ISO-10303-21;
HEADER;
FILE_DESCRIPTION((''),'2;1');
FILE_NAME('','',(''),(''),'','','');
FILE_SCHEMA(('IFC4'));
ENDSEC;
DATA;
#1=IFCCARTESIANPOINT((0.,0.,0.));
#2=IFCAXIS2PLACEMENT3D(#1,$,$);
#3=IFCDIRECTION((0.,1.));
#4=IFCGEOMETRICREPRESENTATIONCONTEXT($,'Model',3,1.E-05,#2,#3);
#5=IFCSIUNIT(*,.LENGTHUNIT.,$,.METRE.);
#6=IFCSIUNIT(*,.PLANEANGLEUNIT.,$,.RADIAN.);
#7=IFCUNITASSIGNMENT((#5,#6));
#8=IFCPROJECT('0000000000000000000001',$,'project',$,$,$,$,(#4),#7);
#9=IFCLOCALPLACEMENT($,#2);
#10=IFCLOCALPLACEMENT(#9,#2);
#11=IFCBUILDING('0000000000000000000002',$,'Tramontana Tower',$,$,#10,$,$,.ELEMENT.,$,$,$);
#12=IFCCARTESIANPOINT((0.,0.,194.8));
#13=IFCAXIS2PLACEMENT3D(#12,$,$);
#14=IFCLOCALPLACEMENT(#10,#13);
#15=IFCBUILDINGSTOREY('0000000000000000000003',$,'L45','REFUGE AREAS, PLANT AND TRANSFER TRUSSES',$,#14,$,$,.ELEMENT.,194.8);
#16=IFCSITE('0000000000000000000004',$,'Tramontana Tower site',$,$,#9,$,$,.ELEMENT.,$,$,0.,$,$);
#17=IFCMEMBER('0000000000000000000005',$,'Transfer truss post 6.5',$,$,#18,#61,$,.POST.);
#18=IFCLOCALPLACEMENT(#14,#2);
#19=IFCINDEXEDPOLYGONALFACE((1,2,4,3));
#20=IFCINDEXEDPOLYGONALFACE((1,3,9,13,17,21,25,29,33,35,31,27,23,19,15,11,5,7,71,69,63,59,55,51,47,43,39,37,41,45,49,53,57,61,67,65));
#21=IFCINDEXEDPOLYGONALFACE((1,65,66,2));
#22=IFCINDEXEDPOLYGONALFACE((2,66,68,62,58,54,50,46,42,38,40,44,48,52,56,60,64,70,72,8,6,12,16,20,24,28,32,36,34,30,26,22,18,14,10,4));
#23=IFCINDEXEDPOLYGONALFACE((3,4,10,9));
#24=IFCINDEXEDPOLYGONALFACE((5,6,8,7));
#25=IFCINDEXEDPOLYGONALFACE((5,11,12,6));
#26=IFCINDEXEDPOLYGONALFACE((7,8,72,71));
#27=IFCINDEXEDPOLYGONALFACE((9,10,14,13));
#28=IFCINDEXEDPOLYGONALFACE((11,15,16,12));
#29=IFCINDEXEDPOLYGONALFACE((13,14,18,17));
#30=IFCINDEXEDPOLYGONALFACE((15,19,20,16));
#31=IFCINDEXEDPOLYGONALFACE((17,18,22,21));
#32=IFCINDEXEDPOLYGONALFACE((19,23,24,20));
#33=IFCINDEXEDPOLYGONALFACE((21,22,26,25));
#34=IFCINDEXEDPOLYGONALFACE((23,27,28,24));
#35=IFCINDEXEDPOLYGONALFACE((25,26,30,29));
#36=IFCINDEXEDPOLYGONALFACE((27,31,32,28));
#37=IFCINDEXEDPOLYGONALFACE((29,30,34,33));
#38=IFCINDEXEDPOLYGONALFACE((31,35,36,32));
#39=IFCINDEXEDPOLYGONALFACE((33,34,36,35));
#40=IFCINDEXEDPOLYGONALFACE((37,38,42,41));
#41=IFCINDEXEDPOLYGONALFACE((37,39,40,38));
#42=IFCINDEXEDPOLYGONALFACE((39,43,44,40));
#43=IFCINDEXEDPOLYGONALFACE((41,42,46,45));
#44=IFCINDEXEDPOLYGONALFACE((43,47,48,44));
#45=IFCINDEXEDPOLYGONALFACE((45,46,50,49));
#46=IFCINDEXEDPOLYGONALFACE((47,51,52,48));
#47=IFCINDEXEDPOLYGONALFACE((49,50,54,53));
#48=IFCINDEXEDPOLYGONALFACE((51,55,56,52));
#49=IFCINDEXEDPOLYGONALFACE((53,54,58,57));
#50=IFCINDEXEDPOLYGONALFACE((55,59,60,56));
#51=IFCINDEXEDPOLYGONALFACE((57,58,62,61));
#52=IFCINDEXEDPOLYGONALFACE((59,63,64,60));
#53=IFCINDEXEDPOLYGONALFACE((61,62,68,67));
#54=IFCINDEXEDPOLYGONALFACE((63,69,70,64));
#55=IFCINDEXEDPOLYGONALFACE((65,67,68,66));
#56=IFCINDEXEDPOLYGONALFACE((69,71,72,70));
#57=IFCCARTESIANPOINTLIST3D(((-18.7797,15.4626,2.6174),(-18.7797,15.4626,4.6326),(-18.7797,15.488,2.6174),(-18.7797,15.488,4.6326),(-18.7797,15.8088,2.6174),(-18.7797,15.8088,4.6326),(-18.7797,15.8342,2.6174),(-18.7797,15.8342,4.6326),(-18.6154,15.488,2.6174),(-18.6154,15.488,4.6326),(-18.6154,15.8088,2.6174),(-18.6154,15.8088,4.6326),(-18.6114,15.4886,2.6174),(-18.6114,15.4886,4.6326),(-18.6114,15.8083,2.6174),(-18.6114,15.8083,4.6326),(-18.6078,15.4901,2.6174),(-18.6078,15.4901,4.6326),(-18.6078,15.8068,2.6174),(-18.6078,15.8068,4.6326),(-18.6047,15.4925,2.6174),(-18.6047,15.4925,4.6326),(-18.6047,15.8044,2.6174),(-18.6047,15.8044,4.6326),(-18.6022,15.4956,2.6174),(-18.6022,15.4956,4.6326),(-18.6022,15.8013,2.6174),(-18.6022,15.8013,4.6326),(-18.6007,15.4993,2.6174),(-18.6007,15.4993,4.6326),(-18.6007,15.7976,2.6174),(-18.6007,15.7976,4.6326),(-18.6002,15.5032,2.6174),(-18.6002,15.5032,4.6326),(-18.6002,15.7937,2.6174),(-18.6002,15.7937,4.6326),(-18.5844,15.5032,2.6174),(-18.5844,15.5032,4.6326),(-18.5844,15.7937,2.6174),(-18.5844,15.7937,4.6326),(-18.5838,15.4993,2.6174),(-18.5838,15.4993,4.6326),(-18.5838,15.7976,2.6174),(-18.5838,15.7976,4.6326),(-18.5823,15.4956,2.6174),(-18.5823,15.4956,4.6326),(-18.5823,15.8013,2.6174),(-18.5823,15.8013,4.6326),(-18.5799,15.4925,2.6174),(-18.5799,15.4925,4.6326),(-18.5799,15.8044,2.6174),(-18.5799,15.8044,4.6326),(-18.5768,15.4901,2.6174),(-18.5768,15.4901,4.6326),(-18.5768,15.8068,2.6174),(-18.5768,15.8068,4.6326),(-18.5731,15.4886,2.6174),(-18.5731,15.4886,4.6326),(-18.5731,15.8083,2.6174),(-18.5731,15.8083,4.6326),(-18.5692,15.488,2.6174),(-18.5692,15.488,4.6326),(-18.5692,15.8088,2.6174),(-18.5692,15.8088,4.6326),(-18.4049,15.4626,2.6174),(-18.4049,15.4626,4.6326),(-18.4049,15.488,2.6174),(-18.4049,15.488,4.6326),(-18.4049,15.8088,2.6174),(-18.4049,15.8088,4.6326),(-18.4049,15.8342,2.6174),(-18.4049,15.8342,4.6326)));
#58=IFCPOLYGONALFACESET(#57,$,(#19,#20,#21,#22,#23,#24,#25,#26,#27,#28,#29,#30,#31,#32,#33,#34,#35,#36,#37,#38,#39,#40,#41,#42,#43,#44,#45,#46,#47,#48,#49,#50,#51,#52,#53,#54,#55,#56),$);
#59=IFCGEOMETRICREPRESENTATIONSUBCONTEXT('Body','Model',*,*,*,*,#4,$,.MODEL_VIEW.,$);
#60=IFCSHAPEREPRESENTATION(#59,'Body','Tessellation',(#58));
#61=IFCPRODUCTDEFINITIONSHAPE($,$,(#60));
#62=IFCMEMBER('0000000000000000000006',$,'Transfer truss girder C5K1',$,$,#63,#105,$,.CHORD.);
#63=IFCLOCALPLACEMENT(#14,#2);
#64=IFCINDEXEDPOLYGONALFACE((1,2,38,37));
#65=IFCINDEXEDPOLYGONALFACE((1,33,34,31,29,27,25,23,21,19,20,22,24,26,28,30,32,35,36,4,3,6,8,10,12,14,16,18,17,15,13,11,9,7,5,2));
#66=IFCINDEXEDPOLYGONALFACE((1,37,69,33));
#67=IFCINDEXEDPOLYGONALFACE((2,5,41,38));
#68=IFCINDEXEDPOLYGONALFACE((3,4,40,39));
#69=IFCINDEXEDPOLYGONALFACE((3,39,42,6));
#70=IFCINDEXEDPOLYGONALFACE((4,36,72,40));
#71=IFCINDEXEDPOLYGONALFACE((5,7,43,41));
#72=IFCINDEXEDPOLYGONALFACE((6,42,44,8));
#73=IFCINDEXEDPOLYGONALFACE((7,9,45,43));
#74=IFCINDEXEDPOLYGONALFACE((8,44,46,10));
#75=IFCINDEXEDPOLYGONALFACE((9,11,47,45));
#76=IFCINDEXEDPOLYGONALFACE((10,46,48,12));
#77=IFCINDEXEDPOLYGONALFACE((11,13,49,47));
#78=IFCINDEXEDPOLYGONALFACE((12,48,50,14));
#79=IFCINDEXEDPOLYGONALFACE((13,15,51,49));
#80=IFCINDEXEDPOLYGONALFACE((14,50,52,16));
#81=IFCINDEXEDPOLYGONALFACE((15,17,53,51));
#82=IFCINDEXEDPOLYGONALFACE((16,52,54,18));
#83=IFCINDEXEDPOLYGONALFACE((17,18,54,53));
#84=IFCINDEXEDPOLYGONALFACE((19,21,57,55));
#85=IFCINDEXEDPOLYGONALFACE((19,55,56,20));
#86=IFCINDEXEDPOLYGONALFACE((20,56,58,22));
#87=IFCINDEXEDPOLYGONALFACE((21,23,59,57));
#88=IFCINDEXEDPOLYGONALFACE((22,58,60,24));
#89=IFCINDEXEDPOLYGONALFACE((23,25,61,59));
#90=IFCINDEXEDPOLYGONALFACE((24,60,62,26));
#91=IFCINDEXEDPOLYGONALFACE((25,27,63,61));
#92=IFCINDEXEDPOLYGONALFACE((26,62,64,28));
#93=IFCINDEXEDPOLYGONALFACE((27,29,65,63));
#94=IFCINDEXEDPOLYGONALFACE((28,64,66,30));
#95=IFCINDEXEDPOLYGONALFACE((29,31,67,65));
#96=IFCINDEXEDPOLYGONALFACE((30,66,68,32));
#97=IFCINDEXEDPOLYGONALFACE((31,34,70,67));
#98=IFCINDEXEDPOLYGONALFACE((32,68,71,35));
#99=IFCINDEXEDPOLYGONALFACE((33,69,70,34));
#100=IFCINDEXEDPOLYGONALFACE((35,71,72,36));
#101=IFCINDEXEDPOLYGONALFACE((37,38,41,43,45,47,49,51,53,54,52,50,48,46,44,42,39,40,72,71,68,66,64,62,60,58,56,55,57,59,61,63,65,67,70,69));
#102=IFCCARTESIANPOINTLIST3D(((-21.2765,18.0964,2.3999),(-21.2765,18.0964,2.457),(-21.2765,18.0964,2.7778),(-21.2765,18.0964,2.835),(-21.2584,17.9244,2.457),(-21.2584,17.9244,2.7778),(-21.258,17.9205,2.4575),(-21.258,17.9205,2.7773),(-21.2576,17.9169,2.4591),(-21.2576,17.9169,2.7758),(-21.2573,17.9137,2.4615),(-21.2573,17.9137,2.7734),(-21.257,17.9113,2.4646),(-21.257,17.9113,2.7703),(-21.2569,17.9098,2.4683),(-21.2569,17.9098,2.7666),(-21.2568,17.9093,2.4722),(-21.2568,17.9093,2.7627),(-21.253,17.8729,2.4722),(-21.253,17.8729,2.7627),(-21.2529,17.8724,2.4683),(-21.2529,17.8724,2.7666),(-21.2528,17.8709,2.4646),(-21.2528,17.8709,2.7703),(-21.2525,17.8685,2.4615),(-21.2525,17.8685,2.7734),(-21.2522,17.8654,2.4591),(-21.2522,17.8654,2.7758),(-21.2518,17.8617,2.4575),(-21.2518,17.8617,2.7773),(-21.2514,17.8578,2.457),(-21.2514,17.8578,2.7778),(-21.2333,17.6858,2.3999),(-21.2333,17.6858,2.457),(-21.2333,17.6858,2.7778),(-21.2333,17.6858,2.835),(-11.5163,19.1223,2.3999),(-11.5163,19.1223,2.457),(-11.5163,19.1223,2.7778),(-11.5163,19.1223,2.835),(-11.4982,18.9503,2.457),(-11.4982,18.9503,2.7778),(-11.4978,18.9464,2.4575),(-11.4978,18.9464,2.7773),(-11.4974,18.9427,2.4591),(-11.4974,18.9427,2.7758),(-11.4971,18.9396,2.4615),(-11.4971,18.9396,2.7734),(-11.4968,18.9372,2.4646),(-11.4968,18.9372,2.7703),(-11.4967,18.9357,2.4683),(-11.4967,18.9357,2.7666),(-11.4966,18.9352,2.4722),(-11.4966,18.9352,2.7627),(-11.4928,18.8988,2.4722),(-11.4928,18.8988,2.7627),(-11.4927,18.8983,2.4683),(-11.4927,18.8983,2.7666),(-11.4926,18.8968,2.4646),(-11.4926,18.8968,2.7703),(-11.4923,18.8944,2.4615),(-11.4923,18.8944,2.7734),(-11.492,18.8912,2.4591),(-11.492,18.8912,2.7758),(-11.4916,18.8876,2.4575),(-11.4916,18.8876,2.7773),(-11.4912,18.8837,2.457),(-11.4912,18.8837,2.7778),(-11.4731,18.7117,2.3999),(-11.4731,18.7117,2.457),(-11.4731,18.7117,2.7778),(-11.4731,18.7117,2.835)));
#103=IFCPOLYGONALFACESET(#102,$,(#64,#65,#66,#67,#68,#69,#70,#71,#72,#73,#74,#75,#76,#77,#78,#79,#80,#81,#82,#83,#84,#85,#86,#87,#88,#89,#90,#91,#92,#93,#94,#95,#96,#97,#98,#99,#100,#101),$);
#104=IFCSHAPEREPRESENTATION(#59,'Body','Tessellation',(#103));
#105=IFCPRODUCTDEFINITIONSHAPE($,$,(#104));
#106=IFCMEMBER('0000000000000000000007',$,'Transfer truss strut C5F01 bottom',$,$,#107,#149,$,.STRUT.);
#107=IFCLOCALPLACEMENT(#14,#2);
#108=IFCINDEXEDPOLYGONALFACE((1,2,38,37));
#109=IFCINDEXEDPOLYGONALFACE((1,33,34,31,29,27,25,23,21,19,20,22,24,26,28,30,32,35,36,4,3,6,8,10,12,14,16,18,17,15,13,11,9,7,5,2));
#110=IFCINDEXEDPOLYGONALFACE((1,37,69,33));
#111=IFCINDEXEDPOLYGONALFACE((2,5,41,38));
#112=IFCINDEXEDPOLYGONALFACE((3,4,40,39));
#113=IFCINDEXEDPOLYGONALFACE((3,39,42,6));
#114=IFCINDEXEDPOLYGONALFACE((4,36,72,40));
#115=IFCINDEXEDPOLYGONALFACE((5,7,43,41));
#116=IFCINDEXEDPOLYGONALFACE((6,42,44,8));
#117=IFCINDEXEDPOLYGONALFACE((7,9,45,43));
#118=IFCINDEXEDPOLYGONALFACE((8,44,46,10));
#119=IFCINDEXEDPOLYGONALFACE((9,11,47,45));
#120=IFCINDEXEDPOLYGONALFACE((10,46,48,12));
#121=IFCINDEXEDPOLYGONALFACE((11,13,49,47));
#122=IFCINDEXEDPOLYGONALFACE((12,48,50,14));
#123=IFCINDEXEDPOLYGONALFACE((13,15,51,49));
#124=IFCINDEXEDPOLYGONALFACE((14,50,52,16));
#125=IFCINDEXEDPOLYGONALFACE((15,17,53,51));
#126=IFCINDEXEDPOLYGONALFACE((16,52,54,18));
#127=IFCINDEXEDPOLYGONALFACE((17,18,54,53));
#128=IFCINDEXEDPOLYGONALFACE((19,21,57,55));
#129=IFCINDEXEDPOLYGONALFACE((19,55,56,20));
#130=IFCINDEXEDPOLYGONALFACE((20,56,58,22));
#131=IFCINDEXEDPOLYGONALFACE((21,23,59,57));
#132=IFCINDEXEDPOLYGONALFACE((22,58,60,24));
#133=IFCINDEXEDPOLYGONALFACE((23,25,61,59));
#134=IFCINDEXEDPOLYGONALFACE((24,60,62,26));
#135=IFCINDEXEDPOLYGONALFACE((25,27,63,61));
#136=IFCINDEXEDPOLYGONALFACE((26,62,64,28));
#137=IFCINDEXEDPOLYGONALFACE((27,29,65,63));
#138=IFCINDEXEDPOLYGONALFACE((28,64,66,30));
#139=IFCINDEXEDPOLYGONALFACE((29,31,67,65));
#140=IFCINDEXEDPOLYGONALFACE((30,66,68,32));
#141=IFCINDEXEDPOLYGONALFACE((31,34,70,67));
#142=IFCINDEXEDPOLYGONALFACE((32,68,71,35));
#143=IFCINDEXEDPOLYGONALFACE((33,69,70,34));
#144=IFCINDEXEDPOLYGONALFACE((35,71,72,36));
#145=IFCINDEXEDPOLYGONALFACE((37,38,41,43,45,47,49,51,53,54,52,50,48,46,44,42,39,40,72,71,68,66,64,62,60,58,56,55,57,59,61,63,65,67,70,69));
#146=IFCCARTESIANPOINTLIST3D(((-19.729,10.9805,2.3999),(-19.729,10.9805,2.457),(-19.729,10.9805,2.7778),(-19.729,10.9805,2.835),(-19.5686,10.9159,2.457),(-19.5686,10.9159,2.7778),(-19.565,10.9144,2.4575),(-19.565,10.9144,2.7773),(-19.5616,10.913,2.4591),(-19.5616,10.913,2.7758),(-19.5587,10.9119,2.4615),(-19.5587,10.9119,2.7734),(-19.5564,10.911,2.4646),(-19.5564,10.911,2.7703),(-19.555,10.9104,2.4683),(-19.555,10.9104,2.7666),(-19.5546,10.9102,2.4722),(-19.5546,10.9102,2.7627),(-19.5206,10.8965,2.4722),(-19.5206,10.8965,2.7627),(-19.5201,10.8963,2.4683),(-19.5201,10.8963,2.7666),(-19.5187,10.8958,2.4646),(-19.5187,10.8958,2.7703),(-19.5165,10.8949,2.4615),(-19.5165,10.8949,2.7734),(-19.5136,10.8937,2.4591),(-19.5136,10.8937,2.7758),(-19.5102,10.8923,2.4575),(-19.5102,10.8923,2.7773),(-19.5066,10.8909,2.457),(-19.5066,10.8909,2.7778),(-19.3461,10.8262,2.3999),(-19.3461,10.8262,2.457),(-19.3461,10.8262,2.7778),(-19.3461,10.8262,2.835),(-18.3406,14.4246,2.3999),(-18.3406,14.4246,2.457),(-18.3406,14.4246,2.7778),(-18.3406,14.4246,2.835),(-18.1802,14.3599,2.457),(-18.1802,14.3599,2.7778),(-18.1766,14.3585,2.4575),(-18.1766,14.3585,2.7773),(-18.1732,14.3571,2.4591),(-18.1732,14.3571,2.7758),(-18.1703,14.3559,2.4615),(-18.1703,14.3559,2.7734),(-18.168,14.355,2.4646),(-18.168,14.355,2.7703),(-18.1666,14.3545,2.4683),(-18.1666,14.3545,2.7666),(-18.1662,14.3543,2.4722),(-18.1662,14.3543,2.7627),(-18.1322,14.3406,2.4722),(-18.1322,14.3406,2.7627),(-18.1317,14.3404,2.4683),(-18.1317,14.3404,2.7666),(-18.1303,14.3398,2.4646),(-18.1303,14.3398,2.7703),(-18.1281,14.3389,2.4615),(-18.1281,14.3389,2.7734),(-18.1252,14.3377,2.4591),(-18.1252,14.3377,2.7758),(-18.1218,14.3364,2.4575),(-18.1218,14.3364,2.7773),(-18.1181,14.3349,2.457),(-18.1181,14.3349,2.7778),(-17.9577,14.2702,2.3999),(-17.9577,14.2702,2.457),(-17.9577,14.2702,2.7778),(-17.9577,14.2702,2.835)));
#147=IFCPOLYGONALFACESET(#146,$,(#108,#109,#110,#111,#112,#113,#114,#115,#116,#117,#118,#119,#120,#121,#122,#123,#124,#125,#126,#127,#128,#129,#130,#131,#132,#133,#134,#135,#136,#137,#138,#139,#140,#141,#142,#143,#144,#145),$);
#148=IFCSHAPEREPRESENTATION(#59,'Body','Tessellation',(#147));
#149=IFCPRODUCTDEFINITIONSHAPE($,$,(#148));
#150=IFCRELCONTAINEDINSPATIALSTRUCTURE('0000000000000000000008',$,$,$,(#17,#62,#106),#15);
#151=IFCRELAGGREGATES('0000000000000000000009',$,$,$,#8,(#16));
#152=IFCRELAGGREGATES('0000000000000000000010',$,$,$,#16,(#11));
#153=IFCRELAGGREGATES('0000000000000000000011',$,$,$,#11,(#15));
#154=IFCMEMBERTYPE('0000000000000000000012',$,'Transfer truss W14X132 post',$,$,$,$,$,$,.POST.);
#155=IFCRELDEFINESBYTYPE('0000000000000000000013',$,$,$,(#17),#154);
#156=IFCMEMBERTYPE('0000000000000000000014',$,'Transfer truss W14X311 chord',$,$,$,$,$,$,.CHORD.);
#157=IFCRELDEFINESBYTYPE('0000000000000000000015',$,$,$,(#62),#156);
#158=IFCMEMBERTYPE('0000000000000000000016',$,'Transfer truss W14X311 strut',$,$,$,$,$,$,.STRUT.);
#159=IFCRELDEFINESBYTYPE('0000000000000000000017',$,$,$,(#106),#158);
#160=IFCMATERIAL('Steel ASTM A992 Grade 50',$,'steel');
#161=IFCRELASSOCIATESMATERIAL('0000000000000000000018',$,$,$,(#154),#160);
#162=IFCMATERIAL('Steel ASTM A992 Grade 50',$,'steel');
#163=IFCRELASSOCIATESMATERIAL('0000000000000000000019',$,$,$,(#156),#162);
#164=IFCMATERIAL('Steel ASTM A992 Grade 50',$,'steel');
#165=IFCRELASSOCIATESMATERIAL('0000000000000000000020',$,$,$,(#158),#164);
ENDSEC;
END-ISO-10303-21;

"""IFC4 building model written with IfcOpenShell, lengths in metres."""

from ifc_helpers import new_model, si_unit, direction, frame, origin, origin_2d, place, context, subcontext, project, spatial, i_section, extrude, material, material_profile, profile_set, type_object, element, save


model = new_model("IFC4")

# Units and contexts
model_context = context("Model", 3, precision=1e-05, world=origin(), true_north=direction((0.0, 1.0)))
body_context = subcontext(model_context, "Body", "Model", "MODEL_VIEW")
ifc_project = project(units=[si_unit("LENGTHUNIT", "METRE"), si_unit("PLANEANGLEUNIT", "RADIAN")], contexts=[model_context])

# Site, building, storey
site_placement = place(None, origin())
site = spatial("IfcSite", under=ifc_project, at=site_placement, Name="Tramontana Tower site", CompositionType="ELEMENT", RefElevation=0.0)
building_placement = place(site_placement, origin())
building = spatial("IfcBuilding", under=site, at=building_placement, Name="Tramontana Tower", CompositionType="ELEMENT")
storey_placement = place(building_placement, frame((0.0, 0.0, 194.8)))
storey = spatial("IfcBuildingStorey", under=building, at=storey_placement, Name="L45", Description="REFUGE AREAS, PLANT AND TRANSFER TRUSSES", CompositionType="ELEMENT", Elevation=194.8)

# Members
ifc_material_1 = material(Name="Steel ASTM A992 Grade 50", Category="steel")
ifc_material_profile_1 = material_profile(ifc_material_1, i_section(OverallWidth=0.3748, OverallDepth=0.3716, WebThickness=0.0159, FlangeThickness=0.0254, FilletRadius=0.0151, at=origin_2d()), Name="W14X132")
ifc_profile_set_1 = profile_set([ifc_material_profile_1], Name="Steel ASTM A992 Grade 50")
member_type_1 = type_object("IfcMemberType", Name="Transfer truss W14X132 post", PredefinedType="POST", material=ifc_profile_set_1)
for number, where, z_axis, x_axis, name in (
    (1, (-18.5923, 15.6484, 2.6174), (0.0, 0.0, 1.0), (1.0, 0.0, 0.0), "Transfer truss post 6.5"),
):
    element("IfcMember", number, at=place(storey_placement, frame(where, z_axis=z_axis, x_axis=x_axis)), inside=storey, type_object=member_type_1, Name=name, PredefinedType="POST", context=body_context, shape_type="SweptSolid", body=[
        extrude(i_section(OverallWidth=0.3748, OverallDepth=0.3716, WebThickness=0.0159, FlangeThickness=0.0254, FilletRadius=0.0151, at=origin_2d()), origin(), (0.0, 0.0, 1.0), 2.0151),
    ])
ifc_material_2 = material(Name="Steel ASTM A992 Grade 50", Category="steel")
ifc_material_profile_2 = material_profile(ifc_material_2, i_section(OverallWidth=0.4128, OverallDepth=0.4351, WebThickness=0.0366, FlangeThickness=0.0571, FilletRadius=0.0151, at=origin_2d()), Name="W14X311")
ifc_profile_set_2 = profile_set([ifc_material_profile_2], Name="Steel ASTM A992 Grade 50")
member_type_2 = type_object("IfcMemberType", Name="Transfer truss W14X311 chord", PredefinedType="CHORD", material=ifc_profile_set_2)
member_1_placement = place(storey_placement, frame((-21.2549, 17.8911, 2.6174), z_axis=(0.994522, 0.104532, 0.0), x_axis=(-0.104532, 0.994522, 0.0)))
element("IfcMember", 2, at=member_1_placement, inside=storey, type_object=member_type_2, Name="Transfer truss girder C5K1", PredefinedType="CHORD", context=body_context, shape_type="SweptSolid", body=[
    extrude(i_section(OverallWidth=0.4128, OverallDepth=0.4351, WebThickness=0.0366, FlangeThickness=0.0571, FilletRadius=0.0151, at=origin_2d()), origin(), (0.0, 0.0, 1.0), 9.814),
])
ifc_material_3 = material(Name="Steel ASTM A992 Grade 50", Category="steel")
ifc_material_profile_3 = material_profile(ifc_material_3, i_section(OverallWidth=0.4128, OverallDepth=0.4351, WebThickness=0.0366, FlangeThickness=0.0571, FilletRadius=0.0151, at=origin_2d()), Name="W14X311")
ifc_profile_set_3 = profile_set([ifc_material_profile_3], Name="Steel ASTM A992 Grade 50")
member_type_3 = type_object("IfcMemberType", Name="Transfer truss W14X311 strut", PredefinedType="STRUT", material=ifc_profile_set_3)
member_2_placement = place(storey_placement, frame((-18.1492, 14.3474, 2.6174), z_axis=(-0.373894, -0.927471, 0.0), x_axis=(0.927471, -0.373894, 0.0)))
element("IfcMember", 3, at=member_2_placement, inside=storey, type_object=member_type_3, Name="Transfer truss strut C5F01 bottom", PredefinedType="STRUT", context=body_context, shape_type="SweptSolid", body=[
    extrude(i_section(OverallWidth=0.4128, OverallDepth=0.4351, WebThickness=0.0366, FlangeThickness=0.0571, FilletRadius=0.0151, at=origin_2d()), origin(), (0.0, 0.0, 1.0), 3.7134),
])

save(model, "model.ifc")
